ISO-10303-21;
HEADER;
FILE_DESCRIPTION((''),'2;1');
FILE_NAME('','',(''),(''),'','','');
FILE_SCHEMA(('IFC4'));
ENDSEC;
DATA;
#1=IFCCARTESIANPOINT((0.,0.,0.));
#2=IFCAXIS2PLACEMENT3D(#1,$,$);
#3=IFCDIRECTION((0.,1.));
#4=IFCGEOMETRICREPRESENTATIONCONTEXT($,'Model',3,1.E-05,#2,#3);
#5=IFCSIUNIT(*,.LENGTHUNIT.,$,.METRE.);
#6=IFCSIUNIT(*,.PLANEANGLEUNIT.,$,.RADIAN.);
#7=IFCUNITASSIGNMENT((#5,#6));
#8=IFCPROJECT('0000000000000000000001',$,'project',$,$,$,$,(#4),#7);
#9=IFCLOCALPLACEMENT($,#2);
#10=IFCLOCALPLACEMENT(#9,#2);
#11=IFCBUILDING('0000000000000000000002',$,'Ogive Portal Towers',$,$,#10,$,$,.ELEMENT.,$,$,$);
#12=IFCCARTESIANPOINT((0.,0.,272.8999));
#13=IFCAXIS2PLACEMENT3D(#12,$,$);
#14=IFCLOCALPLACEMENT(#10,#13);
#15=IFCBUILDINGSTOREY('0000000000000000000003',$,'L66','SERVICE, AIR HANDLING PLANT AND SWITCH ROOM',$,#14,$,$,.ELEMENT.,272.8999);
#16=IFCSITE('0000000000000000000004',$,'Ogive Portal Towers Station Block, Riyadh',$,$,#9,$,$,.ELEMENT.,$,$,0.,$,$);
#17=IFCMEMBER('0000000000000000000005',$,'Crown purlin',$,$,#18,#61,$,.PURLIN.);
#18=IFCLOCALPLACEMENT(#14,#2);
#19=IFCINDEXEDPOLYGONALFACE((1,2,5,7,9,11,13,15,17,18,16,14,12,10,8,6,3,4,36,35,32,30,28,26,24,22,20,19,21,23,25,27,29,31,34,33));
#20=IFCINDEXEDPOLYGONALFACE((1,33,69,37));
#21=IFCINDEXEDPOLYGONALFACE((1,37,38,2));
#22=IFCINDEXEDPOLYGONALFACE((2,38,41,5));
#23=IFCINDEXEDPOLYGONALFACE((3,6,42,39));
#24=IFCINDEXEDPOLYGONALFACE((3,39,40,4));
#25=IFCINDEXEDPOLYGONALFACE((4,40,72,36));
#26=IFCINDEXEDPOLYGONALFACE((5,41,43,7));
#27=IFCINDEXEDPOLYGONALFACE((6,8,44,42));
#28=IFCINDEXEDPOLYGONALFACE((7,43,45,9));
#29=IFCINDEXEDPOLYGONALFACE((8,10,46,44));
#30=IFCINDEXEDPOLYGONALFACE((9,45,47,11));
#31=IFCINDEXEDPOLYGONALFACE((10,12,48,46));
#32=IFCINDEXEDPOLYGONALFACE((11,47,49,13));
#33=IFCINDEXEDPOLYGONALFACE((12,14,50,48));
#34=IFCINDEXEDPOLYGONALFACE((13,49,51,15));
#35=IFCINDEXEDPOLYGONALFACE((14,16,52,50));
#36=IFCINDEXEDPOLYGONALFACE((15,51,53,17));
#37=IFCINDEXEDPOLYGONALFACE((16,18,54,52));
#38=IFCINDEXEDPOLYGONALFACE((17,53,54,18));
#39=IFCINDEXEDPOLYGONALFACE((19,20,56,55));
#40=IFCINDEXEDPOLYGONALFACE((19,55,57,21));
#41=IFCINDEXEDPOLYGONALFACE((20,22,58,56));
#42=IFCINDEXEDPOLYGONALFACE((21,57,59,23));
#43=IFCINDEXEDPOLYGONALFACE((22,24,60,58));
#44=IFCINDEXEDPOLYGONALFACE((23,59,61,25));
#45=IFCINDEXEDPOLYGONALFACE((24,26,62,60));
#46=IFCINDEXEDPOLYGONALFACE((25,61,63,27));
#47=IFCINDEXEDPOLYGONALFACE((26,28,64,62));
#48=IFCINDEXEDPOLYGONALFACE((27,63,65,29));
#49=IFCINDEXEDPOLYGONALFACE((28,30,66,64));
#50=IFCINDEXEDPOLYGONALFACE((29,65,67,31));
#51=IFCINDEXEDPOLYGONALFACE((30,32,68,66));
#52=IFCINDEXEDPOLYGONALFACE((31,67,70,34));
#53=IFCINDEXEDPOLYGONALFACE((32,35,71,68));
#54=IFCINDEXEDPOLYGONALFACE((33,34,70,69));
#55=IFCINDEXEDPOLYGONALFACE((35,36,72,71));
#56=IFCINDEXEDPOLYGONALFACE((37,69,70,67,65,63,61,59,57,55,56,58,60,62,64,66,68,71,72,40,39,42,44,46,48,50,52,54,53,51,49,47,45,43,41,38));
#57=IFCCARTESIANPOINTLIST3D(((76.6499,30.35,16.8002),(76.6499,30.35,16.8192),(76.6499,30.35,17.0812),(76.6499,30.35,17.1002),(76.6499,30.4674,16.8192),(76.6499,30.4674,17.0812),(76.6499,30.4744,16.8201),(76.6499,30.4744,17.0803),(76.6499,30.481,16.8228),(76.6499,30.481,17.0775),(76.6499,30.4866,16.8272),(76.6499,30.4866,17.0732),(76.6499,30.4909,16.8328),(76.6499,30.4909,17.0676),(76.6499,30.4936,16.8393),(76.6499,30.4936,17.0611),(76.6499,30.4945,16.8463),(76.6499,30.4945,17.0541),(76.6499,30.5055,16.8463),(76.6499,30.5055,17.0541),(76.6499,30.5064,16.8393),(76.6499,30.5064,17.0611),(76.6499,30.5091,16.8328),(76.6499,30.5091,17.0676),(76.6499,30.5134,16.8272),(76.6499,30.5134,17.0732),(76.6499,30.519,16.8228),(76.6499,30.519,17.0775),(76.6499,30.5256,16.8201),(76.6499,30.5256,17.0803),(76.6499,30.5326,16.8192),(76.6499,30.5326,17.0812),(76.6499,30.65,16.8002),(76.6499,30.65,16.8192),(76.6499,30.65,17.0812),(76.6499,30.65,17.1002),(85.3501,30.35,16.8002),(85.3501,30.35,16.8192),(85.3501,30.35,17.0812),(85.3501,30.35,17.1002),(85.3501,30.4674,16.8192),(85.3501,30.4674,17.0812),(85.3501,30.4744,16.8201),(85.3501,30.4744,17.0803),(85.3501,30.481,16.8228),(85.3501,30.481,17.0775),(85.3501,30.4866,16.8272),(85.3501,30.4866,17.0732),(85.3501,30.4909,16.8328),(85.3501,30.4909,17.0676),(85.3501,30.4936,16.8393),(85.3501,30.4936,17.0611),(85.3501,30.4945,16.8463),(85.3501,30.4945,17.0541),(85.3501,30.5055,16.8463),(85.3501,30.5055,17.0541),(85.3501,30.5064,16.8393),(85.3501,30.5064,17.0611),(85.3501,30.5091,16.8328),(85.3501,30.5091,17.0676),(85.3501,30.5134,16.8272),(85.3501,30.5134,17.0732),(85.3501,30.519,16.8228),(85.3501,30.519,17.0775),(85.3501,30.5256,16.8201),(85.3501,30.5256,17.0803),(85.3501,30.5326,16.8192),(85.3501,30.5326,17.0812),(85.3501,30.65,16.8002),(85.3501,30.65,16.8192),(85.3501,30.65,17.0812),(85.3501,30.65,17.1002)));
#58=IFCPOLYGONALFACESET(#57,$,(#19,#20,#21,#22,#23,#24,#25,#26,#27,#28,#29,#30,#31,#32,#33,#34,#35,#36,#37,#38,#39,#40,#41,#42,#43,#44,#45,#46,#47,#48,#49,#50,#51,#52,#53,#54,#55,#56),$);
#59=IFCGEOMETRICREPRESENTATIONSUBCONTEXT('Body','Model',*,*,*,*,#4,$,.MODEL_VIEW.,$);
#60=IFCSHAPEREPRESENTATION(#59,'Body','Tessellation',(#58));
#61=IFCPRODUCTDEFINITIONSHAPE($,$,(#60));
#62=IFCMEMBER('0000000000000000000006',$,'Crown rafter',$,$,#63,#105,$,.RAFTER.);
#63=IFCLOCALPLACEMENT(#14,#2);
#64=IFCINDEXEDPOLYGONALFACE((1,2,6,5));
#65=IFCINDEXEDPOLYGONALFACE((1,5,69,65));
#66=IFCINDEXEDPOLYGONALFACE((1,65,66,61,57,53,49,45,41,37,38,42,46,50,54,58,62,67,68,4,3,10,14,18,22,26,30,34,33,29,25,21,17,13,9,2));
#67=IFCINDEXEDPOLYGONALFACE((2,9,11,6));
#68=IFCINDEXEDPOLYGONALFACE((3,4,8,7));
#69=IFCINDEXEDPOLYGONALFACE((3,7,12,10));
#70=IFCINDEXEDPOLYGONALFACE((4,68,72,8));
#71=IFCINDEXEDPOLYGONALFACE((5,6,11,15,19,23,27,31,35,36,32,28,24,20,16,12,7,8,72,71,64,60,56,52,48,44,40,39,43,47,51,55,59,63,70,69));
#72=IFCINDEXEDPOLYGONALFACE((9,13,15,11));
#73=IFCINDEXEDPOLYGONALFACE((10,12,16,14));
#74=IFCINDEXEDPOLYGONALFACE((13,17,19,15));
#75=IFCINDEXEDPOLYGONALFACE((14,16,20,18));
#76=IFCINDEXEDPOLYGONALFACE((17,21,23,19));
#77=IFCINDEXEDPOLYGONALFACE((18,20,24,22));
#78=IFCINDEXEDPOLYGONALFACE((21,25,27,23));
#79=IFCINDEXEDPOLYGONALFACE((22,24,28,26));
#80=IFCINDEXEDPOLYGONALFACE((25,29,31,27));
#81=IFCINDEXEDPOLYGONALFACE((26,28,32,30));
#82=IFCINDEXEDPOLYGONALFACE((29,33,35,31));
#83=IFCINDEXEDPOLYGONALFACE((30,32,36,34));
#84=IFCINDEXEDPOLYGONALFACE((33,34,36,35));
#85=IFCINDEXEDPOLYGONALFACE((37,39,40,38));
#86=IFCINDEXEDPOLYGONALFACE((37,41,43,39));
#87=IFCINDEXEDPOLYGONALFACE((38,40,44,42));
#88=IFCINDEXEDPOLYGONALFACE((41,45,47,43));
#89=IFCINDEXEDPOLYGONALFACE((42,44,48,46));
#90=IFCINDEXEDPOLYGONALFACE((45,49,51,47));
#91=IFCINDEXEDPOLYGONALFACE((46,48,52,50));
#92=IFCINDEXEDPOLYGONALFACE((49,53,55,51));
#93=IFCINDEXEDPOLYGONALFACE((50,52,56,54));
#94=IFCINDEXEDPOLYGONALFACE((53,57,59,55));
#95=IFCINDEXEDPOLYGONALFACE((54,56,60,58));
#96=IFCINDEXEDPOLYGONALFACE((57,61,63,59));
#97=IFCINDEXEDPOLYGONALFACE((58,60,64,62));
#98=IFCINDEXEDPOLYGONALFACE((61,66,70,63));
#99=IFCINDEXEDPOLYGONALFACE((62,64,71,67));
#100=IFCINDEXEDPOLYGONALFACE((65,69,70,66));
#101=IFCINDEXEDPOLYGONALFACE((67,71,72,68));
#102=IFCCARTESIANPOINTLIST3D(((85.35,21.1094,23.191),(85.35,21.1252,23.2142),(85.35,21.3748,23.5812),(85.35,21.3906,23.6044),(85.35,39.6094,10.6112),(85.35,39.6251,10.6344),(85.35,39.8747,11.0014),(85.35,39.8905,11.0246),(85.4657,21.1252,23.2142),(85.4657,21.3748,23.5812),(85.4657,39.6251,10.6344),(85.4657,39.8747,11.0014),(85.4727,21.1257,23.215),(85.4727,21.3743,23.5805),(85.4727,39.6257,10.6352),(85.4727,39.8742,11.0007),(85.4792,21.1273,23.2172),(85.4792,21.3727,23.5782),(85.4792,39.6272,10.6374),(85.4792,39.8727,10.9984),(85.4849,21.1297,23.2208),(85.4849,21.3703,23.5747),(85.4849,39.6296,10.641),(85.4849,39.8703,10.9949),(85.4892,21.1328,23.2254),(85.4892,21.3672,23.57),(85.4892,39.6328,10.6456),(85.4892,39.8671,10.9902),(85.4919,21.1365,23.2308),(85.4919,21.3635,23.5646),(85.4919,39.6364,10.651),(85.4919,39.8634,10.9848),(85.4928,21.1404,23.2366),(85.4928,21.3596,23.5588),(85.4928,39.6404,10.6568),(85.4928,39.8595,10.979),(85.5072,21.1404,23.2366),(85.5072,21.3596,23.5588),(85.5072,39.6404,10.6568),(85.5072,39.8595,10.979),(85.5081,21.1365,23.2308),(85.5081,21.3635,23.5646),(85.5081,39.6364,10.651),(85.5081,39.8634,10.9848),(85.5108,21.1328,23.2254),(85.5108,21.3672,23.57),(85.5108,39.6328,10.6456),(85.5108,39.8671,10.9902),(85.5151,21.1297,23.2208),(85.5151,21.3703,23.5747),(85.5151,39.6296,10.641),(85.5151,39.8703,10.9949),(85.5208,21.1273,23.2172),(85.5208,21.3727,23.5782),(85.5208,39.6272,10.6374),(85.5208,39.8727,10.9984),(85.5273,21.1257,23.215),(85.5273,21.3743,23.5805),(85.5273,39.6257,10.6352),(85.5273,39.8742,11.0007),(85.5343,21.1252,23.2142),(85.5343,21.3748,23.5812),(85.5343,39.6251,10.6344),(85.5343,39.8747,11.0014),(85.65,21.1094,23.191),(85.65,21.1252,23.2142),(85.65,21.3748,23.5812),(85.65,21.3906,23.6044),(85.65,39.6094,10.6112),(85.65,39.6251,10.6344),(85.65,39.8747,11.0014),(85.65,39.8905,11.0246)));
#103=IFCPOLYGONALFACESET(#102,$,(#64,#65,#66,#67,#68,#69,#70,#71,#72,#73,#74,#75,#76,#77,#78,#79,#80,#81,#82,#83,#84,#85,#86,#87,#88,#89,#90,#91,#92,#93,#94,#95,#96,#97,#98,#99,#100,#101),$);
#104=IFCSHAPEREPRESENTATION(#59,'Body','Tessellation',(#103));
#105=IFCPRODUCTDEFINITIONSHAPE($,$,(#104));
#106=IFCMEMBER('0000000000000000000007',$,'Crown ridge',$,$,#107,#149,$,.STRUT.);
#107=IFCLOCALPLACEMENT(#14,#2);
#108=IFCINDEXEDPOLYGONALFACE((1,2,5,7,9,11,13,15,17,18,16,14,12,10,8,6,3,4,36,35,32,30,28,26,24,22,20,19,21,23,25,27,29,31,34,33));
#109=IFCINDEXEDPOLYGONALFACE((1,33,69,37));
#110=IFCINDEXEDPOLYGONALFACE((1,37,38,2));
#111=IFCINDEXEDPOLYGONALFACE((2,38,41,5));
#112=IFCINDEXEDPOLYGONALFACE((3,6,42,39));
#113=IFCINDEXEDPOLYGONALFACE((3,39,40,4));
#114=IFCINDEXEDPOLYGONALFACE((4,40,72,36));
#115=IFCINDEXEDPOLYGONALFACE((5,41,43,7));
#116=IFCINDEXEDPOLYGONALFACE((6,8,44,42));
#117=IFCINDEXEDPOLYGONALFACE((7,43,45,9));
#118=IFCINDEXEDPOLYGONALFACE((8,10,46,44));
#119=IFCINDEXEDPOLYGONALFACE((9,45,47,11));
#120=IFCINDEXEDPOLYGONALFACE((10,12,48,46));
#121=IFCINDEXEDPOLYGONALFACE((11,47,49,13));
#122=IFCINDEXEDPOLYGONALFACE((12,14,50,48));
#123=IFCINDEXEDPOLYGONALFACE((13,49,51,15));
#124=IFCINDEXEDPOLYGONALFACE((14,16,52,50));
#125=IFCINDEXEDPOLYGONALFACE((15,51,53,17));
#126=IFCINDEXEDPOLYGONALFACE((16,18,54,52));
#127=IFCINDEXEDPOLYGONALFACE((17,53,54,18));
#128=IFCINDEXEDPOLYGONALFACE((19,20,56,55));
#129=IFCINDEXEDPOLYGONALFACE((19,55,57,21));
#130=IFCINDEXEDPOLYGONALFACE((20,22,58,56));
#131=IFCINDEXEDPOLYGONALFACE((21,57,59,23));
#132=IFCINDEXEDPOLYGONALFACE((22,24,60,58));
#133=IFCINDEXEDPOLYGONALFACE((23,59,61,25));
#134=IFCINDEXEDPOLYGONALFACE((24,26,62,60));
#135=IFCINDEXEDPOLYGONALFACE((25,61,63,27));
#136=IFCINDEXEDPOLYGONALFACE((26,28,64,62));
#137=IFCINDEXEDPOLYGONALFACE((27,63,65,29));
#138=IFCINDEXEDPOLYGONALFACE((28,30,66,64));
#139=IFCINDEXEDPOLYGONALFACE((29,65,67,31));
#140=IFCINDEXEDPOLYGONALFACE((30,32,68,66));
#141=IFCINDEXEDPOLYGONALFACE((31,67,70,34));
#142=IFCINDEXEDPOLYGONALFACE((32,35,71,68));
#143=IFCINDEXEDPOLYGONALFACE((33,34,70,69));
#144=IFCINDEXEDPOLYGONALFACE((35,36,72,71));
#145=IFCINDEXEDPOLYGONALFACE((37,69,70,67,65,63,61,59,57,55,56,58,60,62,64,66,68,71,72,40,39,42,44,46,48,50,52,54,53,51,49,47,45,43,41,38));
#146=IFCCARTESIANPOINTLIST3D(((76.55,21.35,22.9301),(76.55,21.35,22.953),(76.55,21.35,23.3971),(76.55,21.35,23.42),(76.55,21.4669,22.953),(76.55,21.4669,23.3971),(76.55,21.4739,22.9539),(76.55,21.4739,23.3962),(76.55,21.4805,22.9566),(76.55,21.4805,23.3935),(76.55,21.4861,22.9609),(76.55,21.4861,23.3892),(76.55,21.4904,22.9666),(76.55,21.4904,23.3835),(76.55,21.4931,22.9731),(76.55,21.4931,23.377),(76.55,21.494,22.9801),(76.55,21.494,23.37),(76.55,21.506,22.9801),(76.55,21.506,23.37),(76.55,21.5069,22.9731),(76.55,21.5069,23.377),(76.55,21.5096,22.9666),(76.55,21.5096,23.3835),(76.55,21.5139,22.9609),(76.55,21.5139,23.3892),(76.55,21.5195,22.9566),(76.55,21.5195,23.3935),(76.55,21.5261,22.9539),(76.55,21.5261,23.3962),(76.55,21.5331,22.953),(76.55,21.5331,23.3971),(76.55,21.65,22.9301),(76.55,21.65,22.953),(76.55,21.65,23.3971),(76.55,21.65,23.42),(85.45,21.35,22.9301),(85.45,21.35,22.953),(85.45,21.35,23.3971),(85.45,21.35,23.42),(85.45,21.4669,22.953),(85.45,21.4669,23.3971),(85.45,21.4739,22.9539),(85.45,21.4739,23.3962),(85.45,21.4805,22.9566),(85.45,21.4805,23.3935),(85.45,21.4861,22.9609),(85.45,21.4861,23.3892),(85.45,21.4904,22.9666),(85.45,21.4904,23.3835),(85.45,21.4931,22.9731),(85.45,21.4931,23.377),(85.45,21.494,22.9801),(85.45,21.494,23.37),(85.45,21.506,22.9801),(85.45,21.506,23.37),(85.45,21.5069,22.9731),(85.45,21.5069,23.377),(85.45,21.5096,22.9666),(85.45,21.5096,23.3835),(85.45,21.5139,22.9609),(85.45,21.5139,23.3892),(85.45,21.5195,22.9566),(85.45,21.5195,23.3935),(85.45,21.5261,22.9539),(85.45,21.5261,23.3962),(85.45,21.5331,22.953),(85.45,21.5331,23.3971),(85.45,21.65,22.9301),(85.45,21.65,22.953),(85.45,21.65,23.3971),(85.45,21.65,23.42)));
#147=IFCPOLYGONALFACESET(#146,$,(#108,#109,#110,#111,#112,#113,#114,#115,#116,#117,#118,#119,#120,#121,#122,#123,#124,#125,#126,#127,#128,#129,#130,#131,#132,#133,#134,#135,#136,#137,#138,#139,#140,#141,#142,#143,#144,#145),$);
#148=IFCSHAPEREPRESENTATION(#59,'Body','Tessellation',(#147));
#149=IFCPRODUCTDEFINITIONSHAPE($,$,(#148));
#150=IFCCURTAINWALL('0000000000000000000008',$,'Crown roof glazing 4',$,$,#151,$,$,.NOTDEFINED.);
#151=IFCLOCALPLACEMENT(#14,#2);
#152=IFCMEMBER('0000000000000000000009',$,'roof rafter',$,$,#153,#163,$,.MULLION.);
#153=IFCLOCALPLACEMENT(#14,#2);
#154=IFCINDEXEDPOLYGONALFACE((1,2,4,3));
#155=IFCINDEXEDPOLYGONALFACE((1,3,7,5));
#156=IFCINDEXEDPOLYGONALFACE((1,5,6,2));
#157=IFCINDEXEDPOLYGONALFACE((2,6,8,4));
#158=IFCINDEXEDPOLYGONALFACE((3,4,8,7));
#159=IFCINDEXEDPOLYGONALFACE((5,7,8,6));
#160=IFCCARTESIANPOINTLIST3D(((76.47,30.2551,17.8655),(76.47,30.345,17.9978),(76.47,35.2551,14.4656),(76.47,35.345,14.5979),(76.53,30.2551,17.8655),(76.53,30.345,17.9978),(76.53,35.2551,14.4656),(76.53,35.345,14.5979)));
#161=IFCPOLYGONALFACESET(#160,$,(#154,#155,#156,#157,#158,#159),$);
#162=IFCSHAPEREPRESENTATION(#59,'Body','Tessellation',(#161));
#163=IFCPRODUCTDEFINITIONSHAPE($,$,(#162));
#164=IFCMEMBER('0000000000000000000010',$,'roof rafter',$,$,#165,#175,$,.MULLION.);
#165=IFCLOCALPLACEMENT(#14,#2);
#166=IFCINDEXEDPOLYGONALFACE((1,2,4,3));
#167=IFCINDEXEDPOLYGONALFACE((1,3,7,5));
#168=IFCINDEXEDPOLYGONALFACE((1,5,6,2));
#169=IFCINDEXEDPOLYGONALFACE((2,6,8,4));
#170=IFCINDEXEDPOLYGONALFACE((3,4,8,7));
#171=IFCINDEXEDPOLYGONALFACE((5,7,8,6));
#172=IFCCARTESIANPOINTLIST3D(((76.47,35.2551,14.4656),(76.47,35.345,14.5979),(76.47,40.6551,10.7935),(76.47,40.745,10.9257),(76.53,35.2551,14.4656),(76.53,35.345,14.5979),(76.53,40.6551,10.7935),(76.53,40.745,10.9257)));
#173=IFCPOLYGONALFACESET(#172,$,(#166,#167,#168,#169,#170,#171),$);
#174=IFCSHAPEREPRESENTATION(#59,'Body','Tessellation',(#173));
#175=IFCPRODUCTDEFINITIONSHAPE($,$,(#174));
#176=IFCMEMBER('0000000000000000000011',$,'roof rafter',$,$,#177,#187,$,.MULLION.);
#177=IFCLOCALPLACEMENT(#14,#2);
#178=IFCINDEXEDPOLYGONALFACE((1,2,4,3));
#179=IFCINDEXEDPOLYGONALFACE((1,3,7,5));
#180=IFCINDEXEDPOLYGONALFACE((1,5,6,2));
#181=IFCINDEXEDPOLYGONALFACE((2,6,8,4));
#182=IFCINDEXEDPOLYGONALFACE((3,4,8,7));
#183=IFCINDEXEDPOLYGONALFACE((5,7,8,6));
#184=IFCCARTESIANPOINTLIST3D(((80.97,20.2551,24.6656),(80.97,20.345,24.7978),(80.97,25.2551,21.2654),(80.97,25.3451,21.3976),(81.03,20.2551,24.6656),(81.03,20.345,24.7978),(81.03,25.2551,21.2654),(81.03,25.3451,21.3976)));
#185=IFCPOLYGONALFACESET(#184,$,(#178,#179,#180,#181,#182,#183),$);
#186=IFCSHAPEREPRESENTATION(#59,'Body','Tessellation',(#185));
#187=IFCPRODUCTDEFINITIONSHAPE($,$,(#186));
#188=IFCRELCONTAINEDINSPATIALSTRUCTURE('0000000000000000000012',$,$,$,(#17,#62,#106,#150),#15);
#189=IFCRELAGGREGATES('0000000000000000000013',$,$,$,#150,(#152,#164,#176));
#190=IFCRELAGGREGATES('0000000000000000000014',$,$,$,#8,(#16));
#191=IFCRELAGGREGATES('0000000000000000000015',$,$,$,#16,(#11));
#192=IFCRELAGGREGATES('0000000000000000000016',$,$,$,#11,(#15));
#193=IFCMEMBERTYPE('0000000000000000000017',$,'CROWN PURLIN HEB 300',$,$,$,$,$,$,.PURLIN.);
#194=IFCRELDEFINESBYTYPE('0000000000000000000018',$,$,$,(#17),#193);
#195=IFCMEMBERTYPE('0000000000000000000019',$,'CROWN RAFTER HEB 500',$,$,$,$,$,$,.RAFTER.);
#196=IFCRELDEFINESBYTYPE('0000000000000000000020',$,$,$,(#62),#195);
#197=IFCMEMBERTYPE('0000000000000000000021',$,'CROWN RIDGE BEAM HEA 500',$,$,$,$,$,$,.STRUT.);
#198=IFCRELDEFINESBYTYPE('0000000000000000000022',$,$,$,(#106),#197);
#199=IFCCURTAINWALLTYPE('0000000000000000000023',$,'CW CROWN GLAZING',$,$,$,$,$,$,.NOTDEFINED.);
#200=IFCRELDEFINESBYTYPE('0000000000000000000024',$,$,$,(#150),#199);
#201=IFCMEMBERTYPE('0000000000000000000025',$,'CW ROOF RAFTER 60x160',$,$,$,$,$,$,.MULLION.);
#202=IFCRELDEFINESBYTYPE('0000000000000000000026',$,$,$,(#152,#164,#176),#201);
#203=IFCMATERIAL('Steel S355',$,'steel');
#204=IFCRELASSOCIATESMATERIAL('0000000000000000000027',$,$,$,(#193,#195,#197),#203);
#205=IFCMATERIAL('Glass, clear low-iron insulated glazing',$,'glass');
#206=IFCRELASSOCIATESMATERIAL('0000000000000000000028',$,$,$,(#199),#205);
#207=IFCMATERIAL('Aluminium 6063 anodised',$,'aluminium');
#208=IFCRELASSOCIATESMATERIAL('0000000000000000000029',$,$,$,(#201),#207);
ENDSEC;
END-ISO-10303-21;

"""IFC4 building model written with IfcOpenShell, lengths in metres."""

from ifc_helpers import new_model, si_unit, direction, frame, origin, origin_2d, place, context, subcontext, project, spatial, rectangle, i_section, extrude, material, material_profile, profile_set, type_object, element, aggregate, save


model = new_model("IFC4")

# Units and contexts
model_context = context("Model", 3, precision=1e-05, world=origin(), true_north=direction((0.0, 1.0)))
body_context = subcontext(model_context, "Body", "Model", "MODEL_VIEW")
ifc_project = project(units=[si_unit("LENGTHUNIT", "METRE"), si_unit("PLANEANGLEUNIT", "RADIAN")], contexts=[model_context])

# Site, building, storey
site_placement = place(None, origin())
site = spatial("IfcSite", under=ifc_project, at=site_placement, Name="Ogive Portal Towers Station Block, Riyadh", CompositionType="ELEMENT", RefElevation=0.0)
building_placement = place(site_placement, origin())
building = spatial("IfcBuilding", under=site, at=building_placement, Name="Ogive Portal Towers", CompositionType="ELEMENT")
storey_placement = place(building_placement, frame((0.0, 0.0, 272.8999)))
storey = spatial("IfcBuildingStorey", under=building, at=storey_placement, Name="L66", Description="SERVICE, AIR HANDLING PLANT AND SWITCH ROOM", CompositionType="ELEMENT", Elevation=272.8999)

# Members
ifc_material_1 = material(Name="Steel S355", Category="steel")
ifc_material_profile_1 = material_profile(ifc_material_1, i_section(OverallWidth=0.3, OverallDepth=0.3, WebThickness=0.011, FlangeThickness=0.019, FilletRadius=0.0271, at=origin_2d()), Name="HEB 300")
ifc_profile_set_1 = profile_set([ifc_material_profile_1], Name="Steel S355")
member_type_1 = type_object("IfcMemberType", Name="CROWN PURLIN HEB 300", PredefinedType="PURLIN", material=ifc_profile_set_1)
member_1_placement = place(storey_placement, frame((76.6499, 30.5, 16.9502), z_axis=(1.0, 0.0, 0.0), x_axis=(0.0, 1.0, 0.0)))
element("IfcMember", 1, at=member_1_placement, inside=storey, type_object=member_type_1, Name="Crown purlin", PredefinedType="PURLIN", context=body_context, shape_type="SweptSolid", body=[
    extrude(i_section(OverallWidth=0.3, OverallDepth=0.3, WebThickness=0.011, FlangeThickness=0.019, FilletRadius=0.0271, at=origin_2d()), origin(), (0.0, 0.0, 1.0), 8.7002),
])
ifc_material_profile_2 = material_profile(ifc_material_1, i_section(OverallWidth=0.3, OverallDepth=0.5, WebThickness=0.0144, FlangeThickness=0.0281, FilletRadius=0.0271, at=origin_2d()), Name="HEB 500")
ifc_profile_set_2 = profile_set([ifc_material_profile_2], Name="Steel S355")
member_type_2 = type_object("IfcMemberType", Name="CROWN RAFTER HEB 500", PredefinedType="RAFTER", material=ifc_profile_set_2)
member_2_placement = place(storey_placement, frame((85.5, 21.25, 23.3977), z_axis=(0.0, 0.82693, -0.562305), x_axis=(-1.0, 0.0, 0.0)))
element("IfcMember", 2, at=member_2_placement, inside=storey, type_object=member_type_2, Name="Crown rafter", PredefinedType="RAFTER", context=body_context, shape_type="SweptSolid", body=[
    extrude(i_section(OverallWidth=0.3, OverallDepth=0.5, WebThickness=0.0144, FlangeThickness=0.0281, FilletRadius=0.0271, at=origin_2d()), origin(), (0.0, 0.0, 1.0), 22.3718),
])
ifc_material_profile_3 = material_profile(ifc_material_1, i_section(OverallWidth=0.3, OverallDepth=0.49, WebThickness=0.012, FlangeThickness=0.0229, FilletRadius=0.0271, at=origin_2d()), Name="HEA 500")
ifc_profile_set_3 = profile_set([ifc_material_profile_3], Name="Steel S355")
member_type_3 = type_object("IfcMemberType", Name="CROWN RIDGE BEAM HEA 500", PredefinedType="STRUT", material=ifc_profile_set_3)
member_3_placement = place(storey_placement, frame((76.55, 21.5, 23.175), z_axis=(1.0, 0.0, 0.0), x_axis=(0.0, 1.0, 0.0)))
element("IfcMember", 3, at=member_3_placement, inside=storey, type_object=member_type_3, Name="Crown ridge", PredefinedType="STRUT", context=body_context, shape_type="SweptSolid", body=[
    extrude(i_section(OverallWidth=0.3, OverallDepth=0.49, WebThickness=0.012, FlangeThickness=0.0229, FilletRadius=0.0271, at=origin_2d()), origin(), (0.0, 0.0, 1.0), 8.8999),
])

# Curtain wall, members
ifc_material_2 = material(Name="Glass, clear low-iron insulated glazing", Category="glass")
curtain_wall_type = type_object("IfcCurtainWallType", Name="CW CROWN GLAZING", PredefinedType="NOTDEFINED", material=ifc_material_2)
curtain_wall_1_placement = place(storey_placement, origin())
curtain_wall_1 = element("IfcCurtainWall", 4, at=curtain_wall_1_placement, inside=storey, type_object=curtain_wall_type, Name="Crown roof glazing 4", PredefinedType="NOTDEFINED")
ifc_material_3 = material(Name="Aluminium 6063 anodised", Category="aluminium")
ifc_material_profile_4 = material_profile(ifc_material_3, rectangle(XDim=0.0601, YDim=0.1599, at=origin_2d()), Name="AL 60x160 rafter")
ifc_profile_set_4 = profile_set([ifc_material_profile_4], Name="Aluminium 6063 anodised")
member_type_4 = type_object("IfcMemberType", Name="CW ROOF RAFTER 60x160", PredefinedType="MULLION", material=ifc_profile_set_4)
member_4_placement = place(storey_placement, frame((76.5, 30.3, 17.9316), z_axis=(0.0, 0.826934, -0.562299), x_axis=(-1.0, 0.0, 0.0)))
member_4 = element("IfcMember", 5, at=member_4_placement, type_object=member_type_4, Name="roof rafter", PredefinedType="MULLION", context=body_context, shape_type="SweptSolid", body=[
    extrude(rectangle(XDim=0.0601, YDim=0.1599, at=origin_2d()), origin(), (0.0, 0.0, 1.0), 6.0464),
])
member_5_placement = place(storey_placement, frame((76.5, 35.3, 14.5317), z_axis=(0.0, 0.826913, -0.562329), x_axis=(-1.0, 0.0, 0.0)))
member_5 = element("IfcMember", 6, at=member_5_placement, type_object=member_type_4, Name="roof rafter", PredefinedType="MULLION", context=body_context, shape_type="SweptSolid", body=[
    extrude(rectangle(XDim=0.0601, YDim=0.1599, at=origin_2d()), origin(), (0.0, 0.0, 1.0), 6.5303),
])
member_6_placement = place(storey_placement, frame((81.0, 20.3, 24.7317), z_axis=(0.0, 0.826915, -0.562327), x_axis=(-1.0, 0.0, 0.0)))
member_6 = element("IfcMember", 7, at=member_6_placement, type_object=member_type_4, Name="roof rafter", PredefinedType="MULLION", context=body_context, shape_type="SweptSolid", body=[
    extrude(rectangle(XDim=0.0601, YDim=0.1599, at=origin_2d()), origin(), (0.0, 0.0, 1.0), 6.0466),
])

aggregate(curtain_wall_1, [member_4, member_5, member_6])

save(model, "model.ifc")
